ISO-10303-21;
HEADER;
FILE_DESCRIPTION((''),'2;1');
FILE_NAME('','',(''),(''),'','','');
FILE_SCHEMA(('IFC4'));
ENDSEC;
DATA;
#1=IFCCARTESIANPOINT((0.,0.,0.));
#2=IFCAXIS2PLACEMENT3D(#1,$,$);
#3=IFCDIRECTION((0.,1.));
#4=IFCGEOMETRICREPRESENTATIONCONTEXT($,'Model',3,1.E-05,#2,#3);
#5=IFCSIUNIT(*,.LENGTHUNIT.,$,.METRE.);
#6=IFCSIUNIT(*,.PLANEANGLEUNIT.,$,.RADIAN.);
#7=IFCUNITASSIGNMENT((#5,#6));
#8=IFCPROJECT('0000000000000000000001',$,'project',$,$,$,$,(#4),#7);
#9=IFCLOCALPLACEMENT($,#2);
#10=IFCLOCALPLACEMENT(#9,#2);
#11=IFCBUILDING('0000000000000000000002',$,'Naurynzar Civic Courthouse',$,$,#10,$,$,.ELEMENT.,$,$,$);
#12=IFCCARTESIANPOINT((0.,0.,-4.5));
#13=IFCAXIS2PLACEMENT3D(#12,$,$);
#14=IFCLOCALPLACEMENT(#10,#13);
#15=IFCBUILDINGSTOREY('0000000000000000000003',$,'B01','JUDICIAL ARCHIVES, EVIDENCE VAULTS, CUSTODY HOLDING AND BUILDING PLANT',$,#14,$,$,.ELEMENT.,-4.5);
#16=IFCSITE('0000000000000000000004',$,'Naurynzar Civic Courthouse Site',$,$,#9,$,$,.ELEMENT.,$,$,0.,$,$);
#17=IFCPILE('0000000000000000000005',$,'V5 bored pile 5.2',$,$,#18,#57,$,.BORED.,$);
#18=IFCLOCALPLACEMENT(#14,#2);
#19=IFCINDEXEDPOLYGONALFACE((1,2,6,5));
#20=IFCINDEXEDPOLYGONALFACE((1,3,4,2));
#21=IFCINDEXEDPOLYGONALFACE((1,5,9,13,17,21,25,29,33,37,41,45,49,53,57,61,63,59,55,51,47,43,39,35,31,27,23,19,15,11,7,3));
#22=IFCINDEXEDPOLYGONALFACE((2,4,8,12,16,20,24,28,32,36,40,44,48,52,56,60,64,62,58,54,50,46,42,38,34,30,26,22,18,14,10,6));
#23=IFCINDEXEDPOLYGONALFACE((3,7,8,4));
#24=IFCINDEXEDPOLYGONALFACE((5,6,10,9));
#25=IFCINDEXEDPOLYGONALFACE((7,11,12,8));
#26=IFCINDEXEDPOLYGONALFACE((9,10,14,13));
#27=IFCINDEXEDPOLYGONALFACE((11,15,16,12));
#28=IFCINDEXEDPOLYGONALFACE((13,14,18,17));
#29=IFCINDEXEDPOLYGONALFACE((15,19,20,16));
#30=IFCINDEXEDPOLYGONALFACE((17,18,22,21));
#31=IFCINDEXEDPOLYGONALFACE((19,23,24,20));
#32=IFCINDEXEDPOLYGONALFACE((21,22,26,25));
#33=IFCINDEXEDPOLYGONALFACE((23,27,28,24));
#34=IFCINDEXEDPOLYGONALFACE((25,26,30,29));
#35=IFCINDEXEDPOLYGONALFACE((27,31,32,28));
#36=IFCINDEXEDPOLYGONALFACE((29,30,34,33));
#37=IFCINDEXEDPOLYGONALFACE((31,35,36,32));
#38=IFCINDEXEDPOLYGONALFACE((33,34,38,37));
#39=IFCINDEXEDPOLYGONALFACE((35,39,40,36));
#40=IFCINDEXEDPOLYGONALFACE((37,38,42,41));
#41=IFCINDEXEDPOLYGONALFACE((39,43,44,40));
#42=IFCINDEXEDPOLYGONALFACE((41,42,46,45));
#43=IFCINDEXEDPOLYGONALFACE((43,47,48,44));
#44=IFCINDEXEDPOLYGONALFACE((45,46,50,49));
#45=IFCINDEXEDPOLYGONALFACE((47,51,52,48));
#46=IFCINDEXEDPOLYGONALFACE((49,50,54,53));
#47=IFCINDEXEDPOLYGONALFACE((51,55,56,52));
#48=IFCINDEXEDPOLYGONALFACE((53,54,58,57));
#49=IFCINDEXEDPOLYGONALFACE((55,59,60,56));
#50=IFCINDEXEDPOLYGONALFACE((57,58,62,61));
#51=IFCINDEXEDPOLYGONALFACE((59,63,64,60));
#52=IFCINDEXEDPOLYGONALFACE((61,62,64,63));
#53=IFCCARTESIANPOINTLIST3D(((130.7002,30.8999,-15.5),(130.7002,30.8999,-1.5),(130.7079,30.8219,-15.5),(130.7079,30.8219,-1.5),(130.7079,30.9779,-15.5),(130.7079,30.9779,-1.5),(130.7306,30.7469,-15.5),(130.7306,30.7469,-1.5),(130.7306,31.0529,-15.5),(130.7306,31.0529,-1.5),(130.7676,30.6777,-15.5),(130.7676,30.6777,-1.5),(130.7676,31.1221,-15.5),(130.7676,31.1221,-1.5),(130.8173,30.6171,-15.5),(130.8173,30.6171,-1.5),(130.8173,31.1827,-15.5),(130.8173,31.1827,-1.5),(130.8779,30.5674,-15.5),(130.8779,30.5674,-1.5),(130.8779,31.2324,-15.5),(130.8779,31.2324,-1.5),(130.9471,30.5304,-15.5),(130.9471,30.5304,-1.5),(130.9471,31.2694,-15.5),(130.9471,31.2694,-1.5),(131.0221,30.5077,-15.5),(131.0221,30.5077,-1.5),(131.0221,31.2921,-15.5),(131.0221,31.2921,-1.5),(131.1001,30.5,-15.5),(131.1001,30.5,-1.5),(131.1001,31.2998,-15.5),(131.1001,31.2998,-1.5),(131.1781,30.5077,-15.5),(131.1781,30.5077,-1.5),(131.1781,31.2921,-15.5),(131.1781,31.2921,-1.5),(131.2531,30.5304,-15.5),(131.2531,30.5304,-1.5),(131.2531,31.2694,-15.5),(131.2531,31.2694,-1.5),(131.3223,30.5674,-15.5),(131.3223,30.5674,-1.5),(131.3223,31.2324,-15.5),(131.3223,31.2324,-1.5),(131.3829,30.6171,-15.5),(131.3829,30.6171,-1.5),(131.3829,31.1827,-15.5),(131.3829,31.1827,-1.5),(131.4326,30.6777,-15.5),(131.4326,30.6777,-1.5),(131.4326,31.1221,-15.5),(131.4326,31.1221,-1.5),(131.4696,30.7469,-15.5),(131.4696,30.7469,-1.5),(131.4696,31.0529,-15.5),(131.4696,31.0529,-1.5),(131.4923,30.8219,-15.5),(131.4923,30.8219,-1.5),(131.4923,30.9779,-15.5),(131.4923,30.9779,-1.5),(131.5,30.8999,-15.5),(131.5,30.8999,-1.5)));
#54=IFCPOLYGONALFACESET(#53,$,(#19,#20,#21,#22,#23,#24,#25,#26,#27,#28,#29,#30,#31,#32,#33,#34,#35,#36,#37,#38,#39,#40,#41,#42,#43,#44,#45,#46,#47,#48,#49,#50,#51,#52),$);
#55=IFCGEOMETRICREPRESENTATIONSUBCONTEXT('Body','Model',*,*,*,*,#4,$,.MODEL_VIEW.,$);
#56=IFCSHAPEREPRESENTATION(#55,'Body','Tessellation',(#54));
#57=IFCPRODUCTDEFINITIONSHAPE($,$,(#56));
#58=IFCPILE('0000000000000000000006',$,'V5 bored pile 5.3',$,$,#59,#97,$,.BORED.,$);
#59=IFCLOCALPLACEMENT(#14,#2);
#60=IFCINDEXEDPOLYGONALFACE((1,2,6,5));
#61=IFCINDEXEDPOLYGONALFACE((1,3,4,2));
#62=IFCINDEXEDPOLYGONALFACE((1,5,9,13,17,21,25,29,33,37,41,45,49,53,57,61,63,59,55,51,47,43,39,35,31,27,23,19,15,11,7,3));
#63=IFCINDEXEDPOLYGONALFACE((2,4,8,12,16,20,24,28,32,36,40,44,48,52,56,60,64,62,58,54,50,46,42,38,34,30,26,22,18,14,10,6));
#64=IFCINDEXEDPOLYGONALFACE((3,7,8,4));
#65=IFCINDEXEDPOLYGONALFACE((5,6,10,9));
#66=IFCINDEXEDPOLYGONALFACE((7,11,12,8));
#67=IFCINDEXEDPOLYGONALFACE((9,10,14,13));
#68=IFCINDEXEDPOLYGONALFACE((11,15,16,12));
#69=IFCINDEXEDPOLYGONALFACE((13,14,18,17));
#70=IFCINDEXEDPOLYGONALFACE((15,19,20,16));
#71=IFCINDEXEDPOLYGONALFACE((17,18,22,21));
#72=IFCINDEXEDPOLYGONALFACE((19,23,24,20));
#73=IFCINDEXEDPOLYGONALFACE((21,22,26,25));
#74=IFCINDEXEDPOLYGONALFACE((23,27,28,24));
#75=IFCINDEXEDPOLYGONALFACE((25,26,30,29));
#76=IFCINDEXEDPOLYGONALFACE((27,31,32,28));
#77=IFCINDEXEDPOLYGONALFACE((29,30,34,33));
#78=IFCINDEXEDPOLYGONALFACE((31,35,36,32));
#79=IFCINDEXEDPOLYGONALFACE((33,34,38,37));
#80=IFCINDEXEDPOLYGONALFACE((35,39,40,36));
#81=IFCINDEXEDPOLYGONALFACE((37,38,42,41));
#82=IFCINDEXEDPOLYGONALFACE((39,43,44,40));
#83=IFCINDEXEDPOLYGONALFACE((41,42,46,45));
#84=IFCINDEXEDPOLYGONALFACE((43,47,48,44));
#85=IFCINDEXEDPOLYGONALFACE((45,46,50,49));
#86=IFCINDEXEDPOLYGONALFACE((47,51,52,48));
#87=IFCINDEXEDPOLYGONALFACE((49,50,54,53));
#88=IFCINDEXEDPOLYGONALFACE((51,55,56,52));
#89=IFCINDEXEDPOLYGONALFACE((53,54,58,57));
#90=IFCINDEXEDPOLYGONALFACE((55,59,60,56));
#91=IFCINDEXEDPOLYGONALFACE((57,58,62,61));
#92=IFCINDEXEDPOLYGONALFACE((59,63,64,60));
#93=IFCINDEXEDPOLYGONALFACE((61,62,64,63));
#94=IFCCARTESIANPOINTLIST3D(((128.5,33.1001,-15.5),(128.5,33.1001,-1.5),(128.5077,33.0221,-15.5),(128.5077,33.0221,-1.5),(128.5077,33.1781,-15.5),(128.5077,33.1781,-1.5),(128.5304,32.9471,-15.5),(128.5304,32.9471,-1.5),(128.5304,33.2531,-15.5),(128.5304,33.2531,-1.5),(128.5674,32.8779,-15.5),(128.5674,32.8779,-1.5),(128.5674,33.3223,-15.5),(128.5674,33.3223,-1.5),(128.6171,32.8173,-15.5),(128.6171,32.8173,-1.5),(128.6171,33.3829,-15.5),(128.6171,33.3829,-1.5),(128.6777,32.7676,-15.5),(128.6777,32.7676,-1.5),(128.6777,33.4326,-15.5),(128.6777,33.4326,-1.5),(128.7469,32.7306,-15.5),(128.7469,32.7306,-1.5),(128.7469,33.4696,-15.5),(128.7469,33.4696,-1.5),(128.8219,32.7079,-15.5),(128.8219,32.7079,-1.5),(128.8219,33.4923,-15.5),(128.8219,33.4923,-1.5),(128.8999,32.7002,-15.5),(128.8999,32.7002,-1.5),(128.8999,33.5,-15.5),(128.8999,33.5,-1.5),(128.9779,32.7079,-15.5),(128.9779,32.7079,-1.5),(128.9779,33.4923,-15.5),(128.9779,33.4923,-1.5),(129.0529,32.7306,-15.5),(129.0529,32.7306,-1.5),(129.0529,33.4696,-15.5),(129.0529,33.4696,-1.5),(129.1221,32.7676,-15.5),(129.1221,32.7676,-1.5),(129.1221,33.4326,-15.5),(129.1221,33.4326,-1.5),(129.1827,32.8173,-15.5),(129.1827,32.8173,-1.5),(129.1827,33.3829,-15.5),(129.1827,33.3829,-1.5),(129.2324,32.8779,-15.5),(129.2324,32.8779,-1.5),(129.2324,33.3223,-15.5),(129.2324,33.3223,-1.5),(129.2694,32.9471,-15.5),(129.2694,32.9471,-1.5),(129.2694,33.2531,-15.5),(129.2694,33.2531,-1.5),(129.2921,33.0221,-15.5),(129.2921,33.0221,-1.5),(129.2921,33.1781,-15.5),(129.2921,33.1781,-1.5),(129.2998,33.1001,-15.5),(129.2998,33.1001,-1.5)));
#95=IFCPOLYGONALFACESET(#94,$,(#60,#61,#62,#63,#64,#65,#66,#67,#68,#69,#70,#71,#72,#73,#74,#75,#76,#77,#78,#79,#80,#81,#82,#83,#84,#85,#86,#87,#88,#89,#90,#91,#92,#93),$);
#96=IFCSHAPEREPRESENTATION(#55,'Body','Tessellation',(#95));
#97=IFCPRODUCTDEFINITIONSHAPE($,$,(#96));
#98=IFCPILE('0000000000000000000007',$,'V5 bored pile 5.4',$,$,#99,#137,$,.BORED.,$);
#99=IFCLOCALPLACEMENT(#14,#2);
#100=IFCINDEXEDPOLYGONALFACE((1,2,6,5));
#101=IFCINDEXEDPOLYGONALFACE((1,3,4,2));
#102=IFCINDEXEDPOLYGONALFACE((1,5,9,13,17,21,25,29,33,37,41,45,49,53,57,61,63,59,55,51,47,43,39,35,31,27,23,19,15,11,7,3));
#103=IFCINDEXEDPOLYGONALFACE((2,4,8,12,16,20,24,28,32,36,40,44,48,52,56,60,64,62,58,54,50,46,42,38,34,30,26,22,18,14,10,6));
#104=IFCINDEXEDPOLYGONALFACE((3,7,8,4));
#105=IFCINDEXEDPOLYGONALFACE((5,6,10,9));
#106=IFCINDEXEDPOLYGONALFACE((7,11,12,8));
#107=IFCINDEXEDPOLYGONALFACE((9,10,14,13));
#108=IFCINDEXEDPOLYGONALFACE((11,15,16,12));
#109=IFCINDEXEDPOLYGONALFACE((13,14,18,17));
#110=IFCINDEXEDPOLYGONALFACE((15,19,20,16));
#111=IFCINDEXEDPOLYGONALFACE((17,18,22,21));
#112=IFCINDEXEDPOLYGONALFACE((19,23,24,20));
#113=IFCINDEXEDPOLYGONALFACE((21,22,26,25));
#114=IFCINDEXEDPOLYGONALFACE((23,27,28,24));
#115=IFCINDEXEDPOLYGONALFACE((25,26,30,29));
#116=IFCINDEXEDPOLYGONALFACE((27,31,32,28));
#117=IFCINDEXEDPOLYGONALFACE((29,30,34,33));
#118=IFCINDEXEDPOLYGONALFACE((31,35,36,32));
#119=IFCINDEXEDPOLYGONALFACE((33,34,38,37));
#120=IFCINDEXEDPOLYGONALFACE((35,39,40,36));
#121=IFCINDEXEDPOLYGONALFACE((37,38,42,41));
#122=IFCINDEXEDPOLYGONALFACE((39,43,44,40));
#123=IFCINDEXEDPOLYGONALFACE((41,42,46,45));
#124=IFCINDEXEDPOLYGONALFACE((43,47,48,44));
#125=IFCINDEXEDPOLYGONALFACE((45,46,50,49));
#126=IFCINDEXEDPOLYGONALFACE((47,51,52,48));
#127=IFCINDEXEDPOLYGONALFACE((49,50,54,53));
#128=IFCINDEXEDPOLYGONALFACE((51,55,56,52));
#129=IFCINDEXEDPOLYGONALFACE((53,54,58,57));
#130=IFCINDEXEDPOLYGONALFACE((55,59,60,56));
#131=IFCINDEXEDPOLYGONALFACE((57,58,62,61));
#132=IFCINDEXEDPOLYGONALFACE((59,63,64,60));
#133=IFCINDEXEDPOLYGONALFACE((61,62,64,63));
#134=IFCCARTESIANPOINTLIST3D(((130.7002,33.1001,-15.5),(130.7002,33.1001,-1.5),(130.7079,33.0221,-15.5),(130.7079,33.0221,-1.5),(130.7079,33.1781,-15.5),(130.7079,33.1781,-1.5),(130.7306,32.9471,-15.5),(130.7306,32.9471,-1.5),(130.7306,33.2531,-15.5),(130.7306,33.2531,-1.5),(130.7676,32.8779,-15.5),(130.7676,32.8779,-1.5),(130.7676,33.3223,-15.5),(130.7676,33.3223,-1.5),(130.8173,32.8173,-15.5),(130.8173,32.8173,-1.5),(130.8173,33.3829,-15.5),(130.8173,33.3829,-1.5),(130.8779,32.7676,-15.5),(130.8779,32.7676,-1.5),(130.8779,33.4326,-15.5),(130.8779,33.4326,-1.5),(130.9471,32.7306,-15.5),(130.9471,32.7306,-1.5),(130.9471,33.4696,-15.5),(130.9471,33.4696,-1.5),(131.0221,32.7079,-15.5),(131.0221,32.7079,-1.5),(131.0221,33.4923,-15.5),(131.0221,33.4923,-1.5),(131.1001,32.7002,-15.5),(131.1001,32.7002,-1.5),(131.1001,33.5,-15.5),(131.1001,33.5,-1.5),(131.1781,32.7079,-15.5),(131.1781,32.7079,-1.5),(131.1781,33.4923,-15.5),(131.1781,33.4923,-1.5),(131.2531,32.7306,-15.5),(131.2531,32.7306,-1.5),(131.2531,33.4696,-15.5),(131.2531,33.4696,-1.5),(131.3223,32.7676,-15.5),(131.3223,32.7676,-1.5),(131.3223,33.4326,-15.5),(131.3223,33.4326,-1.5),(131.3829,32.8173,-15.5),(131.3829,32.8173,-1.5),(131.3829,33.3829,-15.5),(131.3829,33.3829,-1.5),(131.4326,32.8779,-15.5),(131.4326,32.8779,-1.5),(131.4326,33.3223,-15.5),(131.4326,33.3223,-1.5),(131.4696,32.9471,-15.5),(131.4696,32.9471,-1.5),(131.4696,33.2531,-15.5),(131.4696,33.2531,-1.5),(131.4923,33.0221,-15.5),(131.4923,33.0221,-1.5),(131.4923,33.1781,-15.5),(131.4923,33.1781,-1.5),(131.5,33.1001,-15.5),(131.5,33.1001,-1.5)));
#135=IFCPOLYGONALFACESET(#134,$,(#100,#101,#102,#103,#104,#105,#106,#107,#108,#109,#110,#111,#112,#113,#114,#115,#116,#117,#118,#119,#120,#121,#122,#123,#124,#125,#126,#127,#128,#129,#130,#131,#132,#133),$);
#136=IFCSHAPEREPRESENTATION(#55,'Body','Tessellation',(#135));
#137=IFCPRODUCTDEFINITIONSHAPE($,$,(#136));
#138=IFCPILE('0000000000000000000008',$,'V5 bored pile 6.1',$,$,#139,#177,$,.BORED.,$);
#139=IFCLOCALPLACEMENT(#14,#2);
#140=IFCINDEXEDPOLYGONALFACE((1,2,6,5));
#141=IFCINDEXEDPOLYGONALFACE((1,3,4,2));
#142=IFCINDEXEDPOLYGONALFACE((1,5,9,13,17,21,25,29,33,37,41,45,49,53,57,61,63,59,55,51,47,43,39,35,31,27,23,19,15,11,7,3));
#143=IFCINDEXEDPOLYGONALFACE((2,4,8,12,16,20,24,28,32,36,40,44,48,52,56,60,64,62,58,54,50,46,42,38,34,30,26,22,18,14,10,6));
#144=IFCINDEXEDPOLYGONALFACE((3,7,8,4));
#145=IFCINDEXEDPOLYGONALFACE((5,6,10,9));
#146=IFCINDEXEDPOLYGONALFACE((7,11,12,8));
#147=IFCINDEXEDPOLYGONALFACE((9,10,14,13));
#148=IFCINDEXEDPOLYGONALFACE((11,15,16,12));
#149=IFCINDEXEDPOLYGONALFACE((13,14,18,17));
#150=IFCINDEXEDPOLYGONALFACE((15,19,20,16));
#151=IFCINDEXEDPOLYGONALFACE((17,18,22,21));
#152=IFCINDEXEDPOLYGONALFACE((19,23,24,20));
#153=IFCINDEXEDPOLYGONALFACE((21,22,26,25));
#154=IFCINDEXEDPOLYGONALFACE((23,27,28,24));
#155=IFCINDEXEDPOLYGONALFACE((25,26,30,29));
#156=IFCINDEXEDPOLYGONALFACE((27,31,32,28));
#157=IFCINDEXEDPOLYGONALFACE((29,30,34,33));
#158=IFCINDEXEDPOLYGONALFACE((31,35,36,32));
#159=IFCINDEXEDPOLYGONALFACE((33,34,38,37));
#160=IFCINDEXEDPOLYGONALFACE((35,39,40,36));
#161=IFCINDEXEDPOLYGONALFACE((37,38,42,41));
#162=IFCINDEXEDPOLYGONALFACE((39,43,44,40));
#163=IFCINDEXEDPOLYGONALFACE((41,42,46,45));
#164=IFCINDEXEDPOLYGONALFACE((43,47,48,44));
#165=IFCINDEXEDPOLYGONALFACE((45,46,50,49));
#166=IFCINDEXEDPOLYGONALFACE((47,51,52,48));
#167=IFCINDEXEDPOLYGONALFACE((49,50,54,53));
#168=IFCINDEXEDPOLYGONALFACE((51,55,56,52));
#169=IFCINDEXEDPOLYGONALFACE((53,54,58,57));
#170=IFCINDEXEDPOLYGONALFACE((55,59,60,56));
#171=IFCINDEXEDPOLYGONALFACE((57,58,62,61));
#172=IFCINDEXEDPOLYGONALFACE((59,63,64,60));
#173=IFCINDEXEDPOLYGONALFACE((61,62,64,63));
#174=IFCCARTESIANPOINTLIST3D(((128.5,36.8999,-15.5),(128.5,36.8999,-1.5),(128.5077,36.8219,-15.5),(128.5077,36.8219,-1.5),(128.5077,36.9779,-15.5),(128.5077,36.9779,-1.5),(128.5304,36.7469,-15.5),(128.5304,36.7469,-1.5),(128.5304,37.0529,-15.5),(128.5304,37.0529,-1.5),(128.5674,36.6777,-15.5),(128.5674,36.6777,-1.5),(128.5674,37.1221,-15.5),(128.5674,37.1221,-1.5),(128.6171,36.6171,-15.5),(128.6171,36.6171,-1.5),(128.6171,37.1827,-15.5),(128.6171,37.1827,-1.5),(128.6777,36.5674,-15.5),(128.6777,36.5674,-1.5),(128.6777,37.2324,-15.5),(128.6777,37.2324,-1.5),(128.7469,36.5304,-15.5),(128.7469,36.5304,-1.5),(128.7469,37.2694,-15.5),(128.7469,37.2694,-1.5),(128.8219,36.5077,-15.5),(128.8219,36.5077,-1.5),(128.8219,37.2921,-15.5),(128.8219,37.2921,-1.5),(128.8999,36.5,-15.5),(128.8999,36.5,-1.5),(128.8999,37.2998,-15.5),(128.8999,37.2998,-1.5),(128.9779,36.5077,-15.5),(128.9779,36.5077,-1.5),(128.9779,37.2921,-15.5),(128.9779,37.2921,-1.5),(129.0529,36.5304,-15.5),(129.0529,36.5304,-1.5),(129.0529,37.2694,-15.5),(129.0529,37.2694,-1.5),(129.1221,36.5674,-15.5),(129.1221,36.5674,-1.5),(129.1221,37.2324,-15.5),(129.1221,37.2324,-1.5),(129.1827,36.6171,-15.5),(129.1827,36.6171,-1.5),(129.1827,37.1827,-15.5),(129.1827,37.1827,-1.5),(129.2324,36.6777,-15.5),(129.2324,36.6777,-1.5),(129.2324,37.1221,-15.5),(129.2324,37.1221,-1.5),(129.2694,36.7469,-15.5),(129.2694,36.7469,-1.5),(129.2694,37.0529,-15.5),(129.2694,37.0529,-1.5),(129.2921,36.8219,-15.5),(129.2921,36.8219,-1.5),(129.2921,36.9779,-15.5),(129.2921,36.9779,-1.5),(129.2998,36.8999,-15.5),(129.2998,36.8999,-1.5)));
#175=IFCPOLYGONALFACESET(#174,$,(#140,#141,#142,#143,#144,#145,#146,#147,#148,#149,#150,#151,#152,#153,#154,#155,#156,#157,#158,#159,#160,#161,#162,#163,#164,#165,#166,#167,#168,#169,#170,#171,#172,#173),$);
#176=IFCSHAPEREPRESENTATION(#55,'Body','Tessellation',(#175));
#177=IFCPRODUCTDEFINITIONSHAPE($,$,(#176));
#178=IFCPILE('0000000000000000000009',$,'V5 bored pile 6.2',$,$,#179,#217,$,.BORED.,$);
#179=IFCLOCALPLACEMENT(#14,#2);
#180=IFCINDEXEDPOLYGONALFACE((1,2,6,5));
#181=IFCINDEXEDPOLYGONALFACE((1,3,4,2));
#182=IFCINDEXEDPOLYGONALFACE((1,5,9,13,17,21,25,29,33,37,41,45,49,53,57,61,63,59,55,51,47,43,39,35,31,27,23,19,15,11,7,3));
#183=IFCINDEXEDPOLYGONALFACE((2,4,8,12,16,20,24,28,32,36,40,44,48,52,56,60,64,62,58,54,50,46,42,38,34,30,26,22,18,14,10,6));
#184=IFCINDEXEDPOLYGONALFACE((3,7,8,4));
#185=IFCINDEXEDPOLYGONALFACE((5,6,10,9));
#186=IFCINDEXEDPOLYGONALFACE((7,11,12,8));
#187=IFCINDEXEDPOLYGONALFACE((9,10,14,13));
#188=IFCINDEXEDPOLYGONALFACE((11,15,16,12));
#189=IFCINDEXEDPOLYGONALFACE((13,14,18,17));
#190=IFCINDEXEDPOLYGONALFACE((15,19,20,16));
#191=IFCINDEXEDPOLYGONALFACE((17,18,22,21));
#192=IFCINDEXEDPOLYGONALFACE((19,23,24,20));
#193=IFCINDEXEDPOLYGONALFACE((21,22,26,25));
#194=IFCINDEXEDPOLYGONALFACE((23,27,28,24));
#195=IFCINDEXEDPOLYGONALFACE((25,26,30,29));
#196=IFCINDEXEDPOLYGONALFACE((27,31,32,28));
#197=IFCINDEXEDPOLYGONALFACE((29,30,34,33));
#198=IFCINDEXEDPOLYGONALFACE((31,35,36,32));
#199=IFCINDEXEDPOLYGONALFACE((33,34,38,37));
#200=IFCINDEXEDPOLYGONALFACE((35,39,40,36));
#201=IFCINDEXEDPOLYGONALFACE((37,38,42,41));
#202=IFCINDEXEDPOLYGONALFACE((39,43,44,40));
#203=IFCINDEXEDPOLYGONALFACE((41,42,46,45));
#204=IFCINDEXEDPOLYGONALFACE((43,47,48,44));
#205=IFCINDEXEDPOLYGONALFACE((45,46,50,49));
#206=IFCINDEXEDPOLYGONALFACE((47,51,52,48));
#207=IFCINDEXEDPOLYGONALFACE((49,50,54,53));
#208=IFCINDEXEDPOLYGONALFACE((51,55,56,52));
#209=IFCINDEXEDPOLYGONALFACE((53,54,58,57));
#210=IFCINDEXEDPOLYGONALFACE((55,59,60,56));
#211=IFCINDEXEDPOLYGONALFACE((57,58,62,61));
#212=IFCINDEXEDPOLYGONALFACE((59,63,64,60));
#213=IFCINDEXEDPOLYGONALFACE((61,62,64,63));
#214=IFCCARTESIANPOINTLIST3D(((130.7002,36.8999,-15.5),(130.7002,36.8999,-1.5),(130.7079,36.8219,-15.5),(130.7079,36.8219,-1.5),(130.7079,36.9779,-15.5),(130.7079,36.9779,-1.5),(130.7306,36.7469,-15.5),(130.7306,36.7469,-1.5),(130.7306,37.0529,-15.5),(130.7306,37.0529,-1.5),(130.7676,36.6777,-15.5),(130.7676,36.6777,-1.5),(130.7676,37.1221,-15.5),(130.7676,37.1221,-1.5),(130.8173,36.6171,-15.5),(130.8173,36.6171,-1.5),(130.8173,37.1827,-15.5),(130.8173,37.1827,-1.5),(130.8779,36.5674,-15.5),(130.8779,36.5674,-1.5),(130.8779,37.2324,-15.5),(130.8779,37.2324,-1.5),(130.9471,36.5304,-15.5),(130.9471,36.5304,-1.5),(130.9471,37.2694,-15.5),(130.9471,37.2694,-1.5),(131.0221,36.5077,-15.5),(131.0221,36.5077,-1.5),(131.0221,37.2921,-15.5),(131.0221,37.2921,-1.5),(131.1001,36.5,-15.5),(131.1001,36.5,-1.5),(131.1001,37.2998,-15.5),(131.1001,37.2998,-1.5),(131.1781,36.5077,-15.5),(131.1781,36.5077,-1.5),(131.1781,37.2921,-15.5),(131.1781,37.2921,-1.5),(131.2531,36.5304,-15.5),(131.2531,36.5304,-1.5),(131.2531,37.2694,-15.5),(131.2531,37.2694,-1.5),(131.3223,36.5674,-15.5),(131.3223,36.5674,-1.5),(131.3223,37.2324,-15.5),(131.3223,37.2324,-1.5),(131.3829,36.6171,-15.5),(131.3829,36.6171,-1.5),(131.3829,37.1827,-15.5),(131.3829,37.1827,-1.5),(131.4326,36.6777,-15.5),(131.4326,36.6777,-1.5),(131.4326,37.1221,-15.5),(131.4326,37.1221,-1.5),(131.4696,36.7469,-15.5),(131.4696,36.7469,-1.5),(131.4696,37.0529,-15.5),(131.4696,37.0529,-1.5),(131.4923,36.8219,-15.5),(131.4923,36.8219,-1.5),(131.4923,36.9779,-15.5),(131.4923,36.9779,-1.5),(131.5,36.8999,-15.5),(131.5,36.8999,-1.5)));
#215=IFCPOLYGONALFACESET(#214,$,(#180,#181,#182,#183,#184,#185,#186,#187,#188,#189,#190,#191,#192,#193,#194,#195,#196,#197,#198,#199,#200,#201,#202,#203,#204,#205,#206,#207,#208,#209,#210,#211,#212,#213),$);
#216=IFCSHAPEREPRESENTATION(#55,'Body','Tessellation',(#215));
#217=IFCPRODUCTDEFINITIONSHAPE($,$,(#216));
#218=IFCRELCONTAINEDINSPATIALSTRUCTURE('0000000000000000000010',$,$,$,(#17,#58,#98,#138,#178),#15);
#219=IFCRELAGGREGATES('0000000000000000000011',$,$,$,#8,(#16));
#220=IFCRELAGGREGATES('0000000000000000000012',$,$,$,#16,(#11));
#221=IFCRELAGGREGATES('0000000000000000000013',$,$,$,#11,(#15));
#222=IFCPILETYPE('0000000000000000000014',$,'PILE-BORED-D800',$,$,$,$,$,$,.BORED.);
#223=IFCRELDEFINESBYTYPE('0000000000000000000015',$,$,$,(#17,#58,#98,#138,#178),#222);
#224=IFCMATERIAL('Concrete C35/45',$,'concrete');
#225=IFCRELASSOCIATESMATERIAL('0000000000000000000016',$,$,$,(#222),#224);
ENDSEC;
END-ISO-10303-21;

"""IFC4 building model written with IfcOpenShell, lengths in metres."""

from ifc_helpers import new_model, si_unit, direction, frame, origin, origin_2d, place, context, subcontext, project, spatial, circle, extrude, material, material_profile, profile_set, type_object, element, save


model = new_model("IFC4")

# Units and contexts
model_context = context("Model", 3, precision=1e-05, world=origin(), true_north=direction((0.0, 1.0)))
body_context = subcontext(model_context, "Body", "Model", "MODEL_VIEW")
ifc_project = project(units=[si_unit("LENGTHUNIT", "METRE"), si_unit("PLANEANGLEUNIT", "RADIAN")], contexts=[model_context])

# Site, building, storey
site_placement = place(None, origin())
site = spatial("IfcSite", under=ifc_project, at=site_placement, Name="Naurynzar Civic Courthouse Site", CompositionType="ELEMENT", RefElevation=0.0)
building_placement = place(site_placement, origin())
building = spatial("IfcBuilding", under=site, at=building_placement, Name="Naurynzar Civic Courthouse", CompositionType="ELEMENT")
storey_placement = place(building_placement, frame((0.0, 0.0, -4.5)))
storey = spatial("IfcBuildingStorey", under=building, at=storey_placement, Name="B01", Description="JUDICIAL ARCHIVES, EVIDENCE VAULTS, CUSTODY HOLDING AND BUILDING PLANT", CompositionType="ELEMENT", Elevation=-4.5)

# Piles
ifc_material_1 = material(Name="Concrete C35/45", Category="concrete")
ifc_material_profile_1 = material_profile(ifc_material_1, circle(Radius=0.3999, at=origin_2d()), Name="PILE D800")
ifc_profile_set_1 = profile_set([ifc_material_profile_1], Name="Concrete C35/45")
pile_type = type_object("IfcPileType", Name="PILE-BORED-D800", PredefinedType="BORED", material=ifc_profile_set_1)
for number, where, z_axis, x_axis, name in (
    (1, (131.1001, 30.8999, -1.5), (0.0, 0.0, -1.0), (1.0, 0.0, 0.0), "V5 bored pile 5.2"),
    (2, (128.8999, 33.1001, -1.5), (0.0, 0.0, -1.0), (1.0, 0.0, 0.0), "V5 bored pile 5.3"),
    (3, (131.1001, 33.1001, -1.5), (0.0, 0.0, -1.0), (1.0, 0.0, 0.0), "V5 bored pile 5.4"),
    (4, (128.8999, 36.8999, -1.5), (0.0, 0.0, -1.0), (1.0, 0.0, 0.0), "V5 bored pile 6.1"),
    (5, (131.1001, 36.8999, -1.5), (0.0, 0.0, -1.0), (1.0, 0.0, 0.0), "V5 bored pile 6.2"),
):
    element("IfcPile", number, at=place(storey_placement, frame(where, z_axis=z_axis, x_axis=x_axis)), inside=storey, type_object=pile_type, Name=name, PredefinedType="BORED", context=body_context, shape_type="SweptSolid", body=[
        extrude(circle(Radius=0.3999, at=origin_2d()), origin(), (0.0, 0.0, 1.0), 14.0),
    ])

save(model, "model.ifc")
